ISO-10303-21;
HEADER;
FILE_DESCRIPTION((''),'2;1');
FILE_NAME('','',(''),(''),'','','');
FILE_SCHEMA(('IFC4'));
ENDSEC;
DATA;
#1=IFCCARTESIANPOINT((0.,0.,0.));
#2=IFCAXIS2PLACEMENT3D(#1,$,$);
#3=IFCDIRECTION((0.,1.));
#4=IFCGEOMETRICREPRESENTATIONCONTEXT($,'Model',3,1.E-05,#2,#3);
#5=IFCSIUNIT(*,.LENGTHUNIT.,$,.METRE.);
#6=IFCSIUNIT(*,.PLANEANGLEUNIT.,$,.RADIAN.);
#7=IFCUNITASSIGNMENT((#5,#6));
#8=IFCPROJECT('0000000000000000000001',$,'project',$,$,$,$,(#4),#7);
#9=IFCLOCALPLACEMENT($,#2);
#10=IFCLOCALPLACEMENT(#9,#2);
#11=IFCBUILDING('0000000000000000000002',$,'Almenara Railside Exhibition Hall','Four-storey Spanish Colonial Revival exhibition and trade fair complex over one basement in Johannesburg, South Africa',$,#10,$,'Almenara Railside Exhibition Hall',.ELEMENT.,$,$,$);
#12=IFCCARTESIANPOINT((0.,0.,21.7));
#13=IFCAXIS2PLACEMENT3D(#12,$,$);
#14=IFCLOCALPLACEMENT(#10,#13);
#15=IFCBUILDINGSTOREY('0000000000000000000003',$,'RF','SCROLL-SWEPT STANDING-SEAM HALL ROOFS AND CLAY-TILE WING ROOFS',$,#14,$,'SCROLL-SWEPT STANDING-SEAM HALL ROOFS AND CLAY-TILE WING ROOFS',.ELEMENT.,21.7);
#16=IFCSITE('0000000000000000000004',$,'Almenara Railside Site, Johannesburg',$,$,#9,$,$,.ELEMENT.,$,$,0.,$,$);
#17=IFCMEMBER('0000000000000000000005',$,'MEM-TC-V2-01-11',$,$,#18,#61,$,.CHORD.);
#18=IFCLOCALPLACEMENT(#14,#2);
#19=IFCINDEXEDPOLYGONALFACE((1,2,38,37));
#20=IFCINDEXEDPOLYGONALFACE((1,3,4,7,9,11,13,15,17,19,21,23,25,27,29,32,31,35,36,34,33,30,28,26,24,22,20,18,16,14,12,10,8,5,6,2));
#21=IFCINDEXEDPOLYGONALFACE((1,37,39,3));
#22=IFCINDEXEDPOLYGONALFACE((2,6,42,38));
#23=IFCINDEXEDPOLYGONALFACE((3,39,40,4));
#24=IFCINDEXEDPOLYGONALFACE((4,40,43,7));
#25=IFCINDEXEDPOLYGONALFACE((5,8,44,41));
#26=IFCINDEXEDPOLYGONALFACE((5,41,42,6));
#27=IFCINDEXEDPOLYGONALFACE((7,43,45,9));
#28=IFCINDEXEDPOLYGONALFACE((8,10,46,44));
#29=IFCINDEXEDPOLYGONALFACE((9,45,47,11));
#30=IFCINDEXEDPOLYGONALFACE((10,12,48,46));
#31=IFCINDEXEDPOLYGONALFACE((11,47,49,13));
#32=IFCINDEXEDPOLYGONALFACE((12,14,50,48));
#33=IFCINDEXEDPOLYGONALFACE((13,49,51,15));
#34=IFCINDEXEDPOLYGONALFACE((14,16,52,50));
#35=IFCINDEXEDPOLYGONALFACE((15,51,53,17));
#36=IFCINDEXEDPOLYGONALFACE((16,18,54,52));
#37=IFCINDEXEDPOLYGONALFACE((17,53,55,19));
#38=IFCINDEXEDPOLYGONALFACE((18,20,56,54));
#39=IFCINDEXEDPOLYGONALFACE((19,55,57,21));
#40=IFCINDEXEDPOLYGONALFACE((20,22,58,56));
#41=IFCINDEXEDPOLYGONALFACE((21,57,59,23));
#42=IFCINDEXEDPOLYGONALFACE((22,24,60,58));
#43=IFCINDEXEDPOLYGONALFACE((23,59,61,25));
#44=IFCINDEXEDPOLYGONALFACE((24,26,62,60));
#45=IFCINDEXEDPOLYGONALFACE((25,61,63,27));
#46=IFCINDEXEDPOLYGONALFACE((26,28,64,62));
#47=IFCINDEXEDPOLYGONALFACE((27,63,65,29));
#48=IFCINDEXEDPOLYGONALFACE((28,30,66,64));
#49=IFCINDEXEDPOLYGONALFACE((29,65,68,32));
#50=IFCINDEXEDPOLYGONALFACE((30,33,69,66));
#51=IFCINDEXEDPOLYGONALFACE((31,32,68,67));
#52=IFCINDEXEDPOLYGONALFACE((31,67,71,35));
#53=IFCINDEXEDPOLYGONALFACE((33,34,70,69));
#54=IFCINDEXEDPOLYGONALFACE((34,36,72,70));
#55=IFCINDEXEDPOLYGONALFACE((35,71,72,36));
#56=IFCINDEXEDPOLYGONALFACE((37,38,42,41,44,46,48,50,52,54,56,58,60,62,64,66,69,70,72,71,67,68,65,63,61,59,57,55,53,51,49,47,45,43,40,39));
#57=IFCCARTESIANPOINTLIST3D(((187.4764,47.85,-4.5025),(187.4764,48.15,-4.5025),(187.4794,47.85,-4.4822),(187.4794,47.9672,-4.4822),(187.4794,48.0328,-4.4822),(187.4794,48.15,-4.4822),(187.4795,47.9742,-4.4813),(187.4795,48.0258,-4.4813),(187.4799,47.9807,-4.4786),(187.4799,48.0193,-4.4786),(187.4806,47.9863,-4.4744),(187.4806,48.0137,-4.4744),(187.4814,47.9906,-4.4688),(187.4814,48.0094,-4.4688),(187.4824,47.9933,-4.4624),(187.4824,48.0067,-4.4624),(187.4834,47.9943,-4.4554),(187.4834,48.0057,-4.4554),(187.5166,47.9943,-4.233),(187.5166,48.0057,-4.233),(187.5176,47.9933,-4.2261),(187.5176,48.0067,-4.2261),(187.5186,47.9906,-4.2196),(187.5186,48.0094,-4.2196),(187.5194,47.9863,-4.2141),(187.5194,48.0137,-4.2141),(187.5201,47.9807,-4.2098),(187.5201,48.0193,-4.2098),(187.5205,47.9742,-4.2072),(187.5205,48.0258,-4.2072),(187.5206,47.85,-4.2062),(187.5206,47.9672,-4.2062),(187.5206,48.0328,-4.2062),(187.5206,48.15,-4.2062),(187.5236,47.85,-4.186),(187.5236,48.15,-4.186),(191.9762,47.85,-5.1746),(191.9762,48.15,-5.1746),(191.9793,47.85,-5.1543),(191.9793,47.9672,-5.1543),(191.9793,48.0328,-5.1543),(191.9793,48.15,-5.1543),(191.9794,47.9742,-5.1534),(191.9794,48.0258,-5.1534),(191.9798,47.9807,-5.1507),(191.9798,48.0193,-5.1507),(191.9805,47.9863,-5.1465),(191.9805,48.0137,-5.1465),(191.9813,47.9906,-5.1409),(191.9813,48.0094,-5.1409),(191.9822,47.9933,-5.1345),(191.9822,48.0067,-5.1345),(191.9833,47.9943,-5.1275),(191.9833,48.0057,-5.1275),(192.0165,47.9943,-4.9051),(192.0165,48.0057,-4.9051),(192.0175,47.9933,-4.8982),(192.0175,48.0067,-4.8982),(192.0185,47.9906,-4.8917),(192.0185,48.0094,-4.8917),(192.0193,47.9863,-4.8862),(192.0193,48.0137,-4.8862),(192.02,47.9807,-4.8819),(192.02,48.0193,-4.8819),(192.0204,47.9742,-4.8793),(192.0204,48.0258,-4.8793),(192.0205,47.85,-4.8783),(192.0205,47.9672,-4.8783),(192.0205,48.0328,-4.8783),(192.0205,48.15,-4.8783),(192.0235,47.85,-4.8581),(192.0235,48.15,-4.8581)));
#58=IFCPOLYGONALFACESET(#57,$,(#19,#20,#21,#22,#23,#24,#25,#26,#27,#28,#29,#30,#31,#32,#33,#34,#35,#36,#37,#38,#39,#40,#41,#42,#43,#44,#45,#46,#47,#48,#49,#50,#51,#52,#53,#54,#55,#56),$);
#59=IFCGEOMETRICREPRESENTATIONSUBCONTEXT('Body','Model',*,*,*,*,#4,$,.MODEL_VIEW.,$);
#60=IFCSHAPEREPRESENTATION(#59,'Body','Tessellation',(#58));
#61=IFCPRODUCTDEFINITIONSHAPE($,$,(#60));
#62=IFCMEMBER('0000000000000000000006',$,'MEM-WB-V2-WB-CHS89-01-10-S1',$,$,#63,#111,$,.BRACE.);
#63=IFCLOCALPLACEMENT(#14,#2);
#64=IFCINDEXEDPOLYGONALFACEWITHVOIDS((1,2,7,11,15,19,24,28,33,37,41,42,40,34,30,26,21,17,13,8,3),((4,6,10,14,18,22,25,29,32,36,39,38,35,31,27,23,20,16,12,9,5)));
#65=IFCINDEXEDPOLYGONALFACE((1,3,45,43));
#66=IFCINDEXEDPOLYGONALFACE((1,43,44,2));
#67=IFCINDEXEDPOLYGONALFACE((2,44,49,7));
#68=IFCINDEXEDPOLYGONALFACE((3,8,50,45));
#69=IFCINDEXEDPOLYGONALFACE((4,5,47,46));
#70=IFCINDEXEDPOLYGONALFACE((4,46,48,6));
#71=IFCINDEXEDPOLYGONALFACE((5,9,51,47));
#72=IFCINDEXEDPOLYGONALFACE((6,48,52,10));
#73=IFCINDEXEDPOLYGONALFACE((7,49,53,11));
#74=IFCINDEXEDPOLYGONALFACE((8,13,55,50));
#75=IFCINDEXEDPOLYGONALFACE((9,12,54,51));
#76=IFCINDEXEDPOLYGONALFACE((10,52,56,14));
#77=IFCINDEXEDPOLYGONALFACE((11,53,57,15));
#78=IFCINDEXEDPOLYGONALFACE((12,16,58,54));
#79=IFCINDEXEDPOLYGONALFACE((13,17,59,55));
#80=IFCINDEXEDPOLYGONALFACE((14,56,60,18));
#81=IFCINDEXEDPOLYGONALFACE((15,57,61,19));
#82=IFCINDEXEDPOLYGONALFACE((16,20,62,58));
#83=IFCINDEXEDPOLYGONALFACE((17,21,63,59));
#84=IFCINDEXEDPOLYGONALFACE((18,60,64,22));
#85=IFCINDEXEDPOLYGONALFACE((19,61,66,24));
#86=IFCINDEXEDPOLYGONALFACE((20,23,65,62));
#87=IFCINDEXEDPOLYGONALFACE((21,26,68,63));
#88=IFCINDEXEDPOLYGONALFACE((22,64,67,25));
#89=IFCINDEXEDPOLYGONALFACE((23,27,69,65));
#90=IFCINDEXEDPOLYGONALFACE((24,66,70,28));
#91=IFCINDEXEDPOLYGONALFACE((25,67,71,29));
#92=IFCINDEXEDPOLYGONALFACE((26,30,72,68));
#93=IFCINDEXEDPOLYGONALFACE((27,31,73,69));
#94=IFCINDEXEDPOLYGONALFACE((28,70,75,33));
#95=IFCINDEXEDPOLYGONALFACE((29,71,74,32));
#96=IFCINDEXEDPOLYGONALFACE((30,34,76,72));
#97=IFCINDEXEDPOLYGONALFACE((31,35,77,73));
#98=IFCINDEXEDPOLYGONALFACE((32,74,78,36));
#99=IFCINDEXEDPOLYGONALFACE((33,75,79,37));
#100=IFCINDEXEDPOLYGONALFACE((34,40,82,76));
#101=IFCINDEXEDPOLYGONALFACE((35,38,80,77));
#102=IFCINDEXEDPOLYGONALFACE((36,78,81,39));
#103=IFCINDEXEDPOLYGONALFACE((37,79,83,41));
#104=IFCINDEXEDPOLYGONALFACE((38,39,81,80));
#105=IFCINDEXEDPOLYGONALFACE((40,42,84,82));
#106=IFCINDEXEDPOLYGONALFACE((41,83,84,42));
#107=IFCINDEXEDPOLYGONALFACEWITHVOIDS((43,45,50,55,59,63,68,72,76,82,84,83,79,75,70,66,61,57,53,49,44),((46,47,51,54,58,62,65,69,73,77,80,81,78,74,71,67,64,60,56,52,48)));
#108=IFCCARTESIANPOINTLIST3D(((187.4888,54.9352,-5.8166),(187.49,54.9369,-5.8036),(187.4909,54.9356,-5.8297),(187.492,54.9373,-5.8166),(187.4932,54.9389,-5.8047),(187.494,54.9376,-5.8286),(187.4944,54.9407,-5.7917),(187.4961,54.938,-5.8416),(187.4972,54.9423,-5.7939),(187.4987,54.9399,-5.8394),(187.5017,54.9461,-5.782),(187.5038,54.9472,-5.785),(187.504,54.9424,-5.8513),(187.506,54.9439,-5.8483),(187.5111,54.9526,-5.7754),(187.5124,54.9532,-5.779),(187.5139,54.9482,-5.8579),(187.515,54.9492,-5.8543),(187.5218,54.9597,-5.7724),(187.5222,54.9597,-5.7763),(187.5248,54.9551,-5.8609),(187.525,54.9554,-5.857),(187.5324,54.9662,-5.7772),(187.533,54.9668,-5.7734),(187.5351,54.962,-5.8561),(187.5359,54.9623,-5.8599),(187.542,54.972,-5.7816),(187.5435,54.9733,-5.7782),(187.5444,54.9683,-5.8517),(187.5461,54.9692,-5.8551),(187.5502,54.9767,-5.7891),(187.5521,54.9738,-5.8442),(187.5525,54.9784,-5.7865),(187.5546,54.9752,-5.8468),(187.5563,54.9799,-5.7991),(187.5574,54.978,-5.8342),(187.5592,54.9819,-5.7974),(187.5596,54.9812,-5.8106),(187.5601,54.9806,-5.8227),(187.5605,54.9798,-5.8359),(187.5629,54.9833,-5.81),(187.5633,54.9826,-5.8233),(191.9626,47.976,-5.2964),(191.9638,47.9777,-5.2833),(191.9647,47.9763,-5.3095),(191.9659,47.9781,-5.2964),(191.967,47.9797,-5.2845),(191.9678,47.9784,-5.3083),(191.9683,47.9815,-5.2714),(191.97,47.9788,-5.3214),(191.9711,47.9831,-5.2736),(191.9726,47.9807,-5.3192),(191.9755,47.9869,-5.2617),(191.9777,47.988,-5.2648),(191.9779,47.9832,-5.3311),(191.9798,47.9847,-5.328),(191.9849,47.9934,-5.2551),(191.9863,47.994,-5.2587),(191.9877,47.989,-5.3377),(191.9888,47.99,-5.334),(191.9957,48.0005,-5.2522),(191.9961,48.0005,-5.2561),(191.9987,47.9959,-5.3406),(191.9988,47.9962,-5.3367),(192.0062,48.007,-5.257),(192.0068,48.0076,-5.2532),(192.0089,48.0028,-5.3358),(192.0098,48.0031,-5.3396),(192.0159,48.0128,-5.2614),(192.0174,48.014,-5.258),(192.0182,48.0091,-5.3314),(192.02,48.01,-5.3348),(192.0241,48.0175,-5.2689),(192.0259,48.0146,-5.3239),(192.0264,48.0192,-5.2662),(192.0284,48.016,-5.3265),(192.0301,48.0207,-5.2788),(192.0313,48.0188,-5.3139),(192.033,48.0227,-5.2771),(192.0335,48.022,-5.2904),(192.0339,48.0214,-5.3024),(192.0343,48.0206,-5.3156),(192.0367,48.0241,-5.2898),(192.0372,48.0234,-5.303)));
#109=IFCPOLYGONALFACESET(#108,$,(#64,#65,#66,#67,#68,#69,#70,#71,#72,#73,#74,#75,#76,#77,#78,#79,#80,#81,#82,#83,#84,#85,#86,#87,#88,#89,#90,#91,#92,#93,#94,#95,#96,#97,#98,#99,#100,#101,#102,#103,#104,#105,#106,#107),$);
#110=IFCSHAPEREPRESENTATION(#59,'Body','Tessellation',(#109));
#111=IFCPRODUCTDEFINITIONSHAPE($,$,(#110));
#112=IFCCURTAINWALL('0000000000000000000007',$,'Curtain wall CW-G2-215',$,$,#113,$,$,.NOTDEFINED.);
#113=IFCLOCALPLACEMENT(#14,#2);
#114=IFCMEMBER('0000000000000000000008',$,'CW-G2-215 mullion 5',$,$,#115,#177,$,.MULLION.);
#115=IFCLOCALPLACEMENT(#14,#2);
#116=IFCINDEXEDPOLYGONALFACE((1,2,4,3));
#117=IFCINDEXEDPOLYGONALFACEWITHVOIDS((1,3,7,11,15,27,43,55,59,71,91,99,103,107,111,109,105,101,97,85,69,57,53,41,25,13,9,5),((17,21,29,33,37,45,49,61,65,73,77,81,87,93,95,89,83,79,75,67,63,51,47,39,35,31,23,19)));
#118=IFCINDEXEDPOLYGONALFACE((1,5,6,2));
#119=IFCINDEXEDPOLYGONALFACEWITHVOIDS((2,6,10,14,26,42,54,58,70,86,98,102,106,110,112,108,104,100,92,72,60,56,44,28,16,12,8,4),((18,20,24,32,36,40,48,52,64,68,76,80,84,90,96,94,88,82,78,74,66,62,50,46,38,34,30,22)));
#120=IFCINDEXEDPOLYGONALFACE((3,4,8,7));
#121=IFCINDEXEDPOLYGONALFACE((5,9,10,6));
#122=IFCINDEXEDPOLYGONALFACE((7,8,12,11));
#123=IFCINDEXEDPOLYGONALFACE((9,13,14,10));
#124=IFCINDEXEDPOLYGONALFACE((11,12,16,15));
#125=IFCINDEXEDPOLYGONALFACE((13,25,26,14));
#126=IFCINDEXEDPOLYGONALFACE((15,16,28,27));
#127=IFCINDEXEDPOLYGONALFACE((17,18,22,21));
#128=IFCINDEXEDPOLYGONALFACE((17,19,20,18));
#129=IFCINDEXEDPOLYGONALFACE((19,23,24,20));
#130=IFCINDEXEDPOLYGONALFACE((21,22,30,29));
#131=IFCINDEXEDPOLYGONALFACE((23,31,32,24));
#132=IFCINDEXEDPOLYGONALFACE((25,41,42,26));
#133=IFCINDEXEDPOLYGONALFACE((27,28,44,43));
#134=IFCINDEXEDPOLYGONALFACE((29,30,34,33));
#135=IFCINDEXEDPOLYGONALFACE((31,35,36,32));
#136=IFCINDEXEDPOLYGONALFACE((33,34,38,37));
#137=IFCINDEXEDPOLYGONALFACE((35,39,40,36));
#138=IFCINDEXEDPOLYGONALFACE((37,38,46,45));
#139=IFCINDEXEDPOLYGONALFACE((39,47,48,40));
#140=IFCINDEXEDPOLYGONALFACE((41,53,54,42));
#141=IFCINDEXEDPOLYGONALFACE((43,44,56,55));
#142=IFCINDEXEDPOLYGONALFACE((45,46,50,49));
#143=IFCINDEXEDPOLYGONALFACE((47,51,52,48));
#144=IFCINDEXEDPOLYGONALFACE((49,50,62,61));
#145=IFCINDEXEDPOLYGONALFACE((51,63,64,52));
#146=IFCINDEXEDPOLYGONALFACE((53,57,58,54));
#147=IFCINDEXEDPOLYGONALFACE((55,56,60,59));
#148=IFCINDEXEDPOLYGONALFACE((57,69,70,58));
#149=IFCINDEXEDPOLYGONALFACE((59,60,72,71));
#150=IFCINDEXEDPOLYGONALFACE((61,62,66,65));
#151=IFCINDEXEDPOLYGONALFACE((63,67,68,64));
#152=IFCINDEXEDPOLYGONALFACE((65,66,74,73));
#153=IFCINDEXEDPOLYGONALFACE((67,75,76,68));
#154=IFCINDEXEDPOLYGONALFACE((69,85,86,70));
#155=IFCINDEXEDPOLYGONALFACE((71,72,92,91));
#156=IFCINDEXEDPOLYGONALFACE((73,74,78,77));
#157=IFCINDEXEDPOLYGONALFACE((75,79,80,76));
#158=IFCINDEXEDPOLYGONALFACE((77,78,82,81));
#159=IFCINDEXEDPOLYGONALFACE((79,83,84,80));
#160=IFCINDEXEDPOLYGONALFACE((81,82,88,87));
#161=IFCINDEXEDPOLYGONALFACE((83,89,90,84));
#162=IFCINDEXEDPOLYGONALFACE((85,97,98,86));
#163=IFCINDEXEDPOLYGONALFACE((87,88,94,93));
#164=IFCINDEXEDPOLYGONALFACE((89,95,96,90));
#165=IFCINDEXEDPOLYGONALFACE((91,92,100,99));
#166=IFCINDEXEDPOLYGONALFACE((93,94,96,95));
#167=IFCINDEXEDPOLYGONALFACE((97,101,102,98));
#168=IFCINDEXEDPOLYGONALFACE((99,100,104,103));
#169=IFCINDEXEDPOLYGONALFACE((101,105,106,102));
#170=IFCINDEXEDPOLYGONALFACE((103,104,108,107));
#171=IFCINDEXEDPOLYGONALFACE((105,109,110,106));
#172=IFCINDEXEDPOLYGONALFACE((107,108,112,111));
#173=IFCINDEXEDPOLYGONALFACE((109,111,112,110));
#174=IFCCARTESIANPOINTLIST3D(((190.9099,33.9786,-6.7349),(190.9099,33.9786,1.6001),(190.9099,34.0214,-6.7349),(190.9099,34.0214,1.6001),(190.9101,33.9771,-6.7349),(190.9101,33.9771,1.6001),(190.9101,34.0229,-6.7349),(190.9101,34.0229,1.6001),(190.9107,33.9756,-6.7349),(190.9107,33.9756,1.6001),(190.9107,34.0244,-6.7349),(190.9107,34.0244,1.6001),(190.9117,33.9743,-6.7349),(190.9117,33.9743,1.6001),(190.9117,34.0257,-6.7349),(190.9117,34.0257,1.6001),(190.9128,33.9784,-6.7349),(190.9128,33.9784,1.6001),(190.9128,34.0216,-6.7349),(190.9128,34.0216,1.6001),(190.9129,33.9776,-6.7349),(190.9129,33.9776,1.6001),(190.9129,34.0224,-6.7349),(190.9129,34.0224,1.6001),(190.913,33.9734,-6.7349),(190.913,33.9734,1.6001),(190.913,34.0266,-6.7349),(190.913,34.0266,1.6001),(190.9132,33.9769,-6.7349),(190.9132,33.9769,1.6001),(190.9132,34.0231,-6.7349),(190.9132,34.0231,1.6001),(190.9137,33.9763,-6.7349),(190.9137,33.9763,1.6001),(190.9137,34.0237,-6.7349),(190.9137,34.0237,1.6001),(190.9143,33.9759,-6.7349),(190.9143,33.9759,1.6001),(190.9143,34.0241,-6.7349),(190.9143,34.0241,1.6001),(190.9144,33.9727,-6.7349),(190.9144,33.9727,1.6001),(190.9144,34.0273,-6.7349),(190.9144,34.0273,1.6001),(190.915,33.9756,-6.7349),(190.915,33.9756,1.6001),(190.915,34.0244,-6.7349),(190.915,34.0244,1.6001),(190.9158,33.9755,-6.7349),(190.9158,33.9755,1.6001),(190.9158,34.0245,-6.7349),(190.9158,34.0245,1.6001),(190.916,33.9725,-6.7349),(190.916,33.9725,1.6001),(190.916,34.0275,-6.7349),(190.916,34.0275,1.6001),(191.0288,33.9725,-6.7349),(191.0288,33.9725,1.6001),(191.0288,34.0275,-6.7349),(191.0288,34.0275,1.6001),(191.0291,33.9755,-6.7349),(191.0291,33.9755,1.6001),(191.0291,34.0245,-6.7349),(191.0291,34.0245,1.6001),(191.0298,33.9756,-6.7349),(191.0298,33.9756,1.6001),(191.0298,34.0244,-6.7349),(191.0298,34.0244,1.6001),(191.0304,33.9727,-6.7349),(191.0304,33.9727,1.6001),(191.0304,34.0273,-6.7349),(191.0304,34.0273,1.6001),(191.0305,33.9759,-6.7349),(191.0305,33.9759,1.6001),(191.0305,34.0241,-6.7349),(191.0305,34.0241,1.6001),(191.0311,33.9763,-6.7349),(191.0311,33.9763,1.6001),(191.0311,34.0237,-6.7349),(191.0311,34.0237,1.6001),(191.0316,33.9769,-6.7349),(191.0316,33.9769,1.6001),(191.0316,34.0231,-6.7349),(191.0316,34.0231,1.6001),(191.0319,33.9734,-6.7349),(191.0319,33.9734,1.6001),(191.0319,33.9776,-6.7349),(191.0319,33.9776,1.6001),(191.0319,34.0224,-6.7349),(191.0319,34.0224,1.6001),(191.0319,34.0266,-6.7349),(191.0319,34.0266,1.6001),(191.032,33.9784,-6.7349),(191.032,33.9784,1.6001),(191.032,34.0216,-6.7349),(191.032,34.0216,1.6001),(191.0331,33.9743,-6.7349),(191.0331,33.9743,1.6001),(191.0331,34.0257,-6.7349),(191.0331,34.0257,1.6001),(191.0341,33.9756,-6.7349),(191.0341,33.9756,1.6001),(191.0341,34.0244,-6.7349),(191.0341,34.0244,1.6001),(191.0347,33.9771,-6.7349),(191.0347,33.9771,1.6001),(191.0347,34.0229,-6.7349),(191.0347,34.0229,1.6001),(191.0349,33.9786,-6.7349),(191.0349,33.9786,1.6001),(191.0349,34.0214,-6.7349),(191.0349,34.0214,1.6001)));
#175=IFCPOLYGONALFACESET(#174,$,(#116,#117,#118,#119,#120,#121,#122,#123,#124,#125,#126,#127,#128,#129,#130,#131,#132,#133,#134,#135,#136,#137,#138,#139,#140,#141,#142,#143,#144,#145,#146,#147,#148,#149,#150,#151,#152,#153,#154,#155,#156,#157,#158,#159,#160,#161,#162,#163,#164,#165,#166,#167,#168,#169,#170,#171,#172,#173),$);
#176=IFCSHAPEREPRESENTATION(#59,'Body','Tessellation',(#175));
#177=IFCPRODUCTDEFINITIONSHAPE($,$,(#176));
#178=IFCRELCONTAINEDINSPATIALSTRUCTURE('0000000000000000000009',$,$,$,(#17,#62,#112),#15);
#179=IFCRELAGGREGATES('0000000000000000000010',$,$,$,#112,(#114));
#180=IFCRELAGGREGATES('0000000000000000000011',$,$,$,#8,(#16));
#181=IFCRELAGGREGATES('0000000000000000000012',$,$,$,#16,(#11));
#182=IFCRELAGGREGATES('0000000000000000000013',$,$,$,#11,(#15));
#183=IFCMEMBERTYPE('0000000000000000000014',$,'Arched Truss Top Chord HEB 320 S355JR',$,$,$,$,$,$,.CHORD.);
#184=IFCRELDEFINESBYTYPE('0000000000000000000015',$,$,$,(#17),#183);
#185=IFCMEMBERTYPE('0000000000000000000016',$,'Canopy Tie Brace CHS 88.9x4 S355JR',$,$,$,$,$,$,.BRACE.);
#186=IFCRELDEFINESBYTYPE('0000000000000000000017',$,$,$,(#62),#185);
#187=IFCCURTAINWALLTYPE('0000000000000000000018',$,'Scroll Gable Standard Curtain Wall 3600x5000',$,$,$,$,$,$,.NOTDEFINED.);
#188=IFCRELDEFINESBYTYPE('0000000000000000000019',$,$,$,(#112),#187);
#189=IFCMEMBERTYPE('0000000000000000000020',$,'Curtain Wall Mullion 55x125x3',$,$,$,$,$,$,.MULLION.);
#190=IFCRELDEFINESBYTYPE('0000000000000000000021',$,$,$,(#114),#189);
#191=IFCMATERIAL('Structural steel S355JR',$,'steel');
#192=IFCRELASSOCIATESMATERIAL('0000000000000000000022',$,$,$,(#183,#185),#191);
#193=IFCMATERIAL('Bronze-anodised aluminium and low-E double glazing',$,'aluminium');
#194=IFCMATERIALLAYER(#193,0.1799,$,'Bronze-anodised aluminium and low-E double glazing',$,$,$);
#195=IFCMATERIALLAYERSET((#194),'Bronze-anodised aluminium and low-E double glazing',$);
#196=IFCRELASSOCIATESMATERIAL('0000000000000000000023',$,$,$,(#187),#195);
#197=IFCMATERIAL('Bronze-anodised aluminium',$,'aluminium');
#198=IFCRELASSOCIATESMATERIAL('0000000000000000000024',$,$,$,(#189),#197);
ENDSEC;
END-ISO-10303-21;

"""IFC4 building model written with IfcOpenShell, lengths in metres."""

from ifc_helpers import new_model, si_unit, direction, frame, origin, origin_2d, place, context, subcontext, project, spatial, hollow_rectangle, hollow_circle, i_section, extrude, material, layer, layer_set, material_profile, profile_set, type_object, element, aggregate, save


model = new_model("IFC4")

# Units and contexts
model_context = context("Model", 3, precision=1e-05, world=origin(), true_north=direction((0.0, 1.0)))
body_context = subcontext(model_context, "Body", "Model", "MODEL_VIEW")
ifc_project = project(units=[si_unit("LENGTHUNIT", "METRE"), si_unit("PLANEANGLEUNIT", "RADIAN")], contexts=[model_context])

# Site, building, storey
site_placement = place(None, origin())
site = spatial("IfcSite", under=ifc_project, at=site_placement, Name="Almenara Railside Site, Johannesburg", CompositionType="ELEMENT", RefElevation=0.0)
building_placement = place(site_placement, origin())
building = spatial("IfcBuilding", under=site, at=building_placement, Name="Almenara Railside Exhibition Hall", Description="Four-storey Spanish Colonial Revival exhibition and trade fair complex over one basement in Johannesburg, South Africa", LongName="Almenara Railside Exhibition Hall", CompositionType="ELEMENT")
storey_placement = place(building_placement, frame((0.0, 0.0, 21.7)))
storey = spatial("IfcBuildingStorey", under=building, at=storey_placement, Name="RF", Description="SCROLL-SWEPT STANDING-SEAM HALL ROOFS AND CLAY-TILE WING ROOFS", LongName="SCROLL-SWEPT STANDING-SEAM HALL ROOFS AND CLAY-TILE WING ROOFS", CompositionType="ELEMENT", Elevation=21.7)

# Shared definitions
ifc_material_1 = material(Name="Structural steel S355JR", Category="steel")

# Members
ifc_material_profile_1 = material_profile(ifc_material_1, i_section(OverallWidth=0.3, OverallDepth=0.3201, WebThickness=0.0115, FlangeThickness=0.0205, FilletRadius=0.0271, at=origin_2d()), Name="HEB 320")
ifc_profile_set_1 = profile_set([ifc_material_profile_1], Name="Structural steel S355JR")
member_type_1 = type_object("IfcMemberType", Name="Arched Truss Top Chord HEB 320 S355JR", PredefinedType="CHORD", material=ifc_profile_set_1)
member_1_placement = place(storey_placement, frame((187.5, 48.0, -4.3442), z_axis=(0.989029, 0.0, -0.147721), x_axis=(0.0, 1.0, 0.0)))
element("IfcMember", 1, at=member_1_placement, inside=storey, type_object=member_type_1, Name="MEM-TC-V2-01-11", PredefinedType="CHORD", context=body_context, shape_type="SweptSolid", body=[
    extrude(i_section(OverallWidth=0.3, OverallDepth=0.3201, WebThickness=0.0115, FlangeThickness=0.0205, FilletRadius=0.0271, at=origin_2d()), origin(), (0.0, 0.0, 1.0), 4.5498),
])
ifc_material_profile_2 = material_profile(ifc_material_1, hollow_circle(Radius=0.0444, WallThickness=0.0039, at=origin_2d()), Name="CHS 88.9x4")
ifc_profile_set_2 = profile_set([ifc_material_profile_2], Name="Structural steel S355JR")
member_type_2 = type_object("IfcMemberType", Name="Canopy Tie Brace CHS 88.9x4 S355JR", PredefinedType="BRACE", material=ifc_profile_set_2)
member_2_placement = place(storey_placement, frame((192.0, 48.0, -5.2964), z_axis=(-0.539699, 0.839515, -0.062761), x_axis=(-0.841174, -0.540765, 0.0)))
element("IfcMember", 2, at=member_2_placement, inside=storey, type_object=member_type_2, Name="MEM-WB-V2-WB-CHS89-01-10-S1", PredefinedType="BRACE", context=body_context, shape_type="SweptSolid", body=[
    extrude(hollow_circle(Radius=0.0444, WallThickness=0.0039, at=origin_2d()), origin(), (0.0, 0.0, 1.0), 8.2896),
])

# Curtain wall, member
ifc_material_2 = material(Name="Bronze-anodised aluminium and low-E double glazing", Category="aluminium")
ifc_layer_1 = layer(ifc_material_2, 0.1799, Name="Bronze-anodised aluminium and low-E double glazing")
ifc_layer_set_1 = layer_set([ifc_layer_1], Name="Bronze-anodised aluminium and low-E double glazing")
curtain_wall_type = type_object("IfcCurtainWallType", Name="Scroll Gable Standard Curtain Wall 3600x5000", PredefinedType="NOTDEFINED", material=ifc_layer_set_1)
curtain_wall_placement = place(storey_placement, origin())
curtain_wall = element("IfcCurtainWall", 3, at=curtain_wall_placement, inside=storey, type_object=curtain_wall_type, Name="Curtain wall CW-G2-215", PredefinedType="NOTDEFINED")
ifc_material_3 = material(Name="Bronze-anodised aluminium", Category="aluminium")
ifc_material_profile_3 = material_profile(ifc_material_3, hollow_rectangle(XDim=0.0549, YDim=0.125, WallThickness=0.0029, InnerFilletRadius=0.0029, OuterFilletRadius=0.0061, at=origin_2d()), Name="ALU-MUL 55x125x3")
ifc_profile_set_3 = profile_set([ifc_material_profile_3], Name="Bronze-anodised aluminium")
member_type_3 = type_object("IfcMemberType", Name="Curtain Wall Mullion 55x125x3", PredefinedType="MULLION", material=ifc_profile_set_3)
member_3_placement = place(storey_placement, frame((190.9724, 34.0, -6.7349), z_axis=(0.0, 0.0, 1.0), x_axis=(0.0, 1.0, 0.0)))
member_3 = element("IfcMember", 4, at=member_3_placement, type_object=member_type_3, Name="CW-G2-215 mullion 5", PredefinedType="MULLION", context=body_context, shape_type="SweptSolid", body=[
    extrude(hollow_rectangle(XDim=0.0549, YDim=0.125, WallThickness=0.0029, InnerFilletRadius=0.0029, OuterFilletRadius=0.0061, at=origin_2d()), origin(), (0.0, 0.0, 1.0), 8.335),
])

aggregate(curtain_wall, [member_3])

save(model, "model.ifc")
